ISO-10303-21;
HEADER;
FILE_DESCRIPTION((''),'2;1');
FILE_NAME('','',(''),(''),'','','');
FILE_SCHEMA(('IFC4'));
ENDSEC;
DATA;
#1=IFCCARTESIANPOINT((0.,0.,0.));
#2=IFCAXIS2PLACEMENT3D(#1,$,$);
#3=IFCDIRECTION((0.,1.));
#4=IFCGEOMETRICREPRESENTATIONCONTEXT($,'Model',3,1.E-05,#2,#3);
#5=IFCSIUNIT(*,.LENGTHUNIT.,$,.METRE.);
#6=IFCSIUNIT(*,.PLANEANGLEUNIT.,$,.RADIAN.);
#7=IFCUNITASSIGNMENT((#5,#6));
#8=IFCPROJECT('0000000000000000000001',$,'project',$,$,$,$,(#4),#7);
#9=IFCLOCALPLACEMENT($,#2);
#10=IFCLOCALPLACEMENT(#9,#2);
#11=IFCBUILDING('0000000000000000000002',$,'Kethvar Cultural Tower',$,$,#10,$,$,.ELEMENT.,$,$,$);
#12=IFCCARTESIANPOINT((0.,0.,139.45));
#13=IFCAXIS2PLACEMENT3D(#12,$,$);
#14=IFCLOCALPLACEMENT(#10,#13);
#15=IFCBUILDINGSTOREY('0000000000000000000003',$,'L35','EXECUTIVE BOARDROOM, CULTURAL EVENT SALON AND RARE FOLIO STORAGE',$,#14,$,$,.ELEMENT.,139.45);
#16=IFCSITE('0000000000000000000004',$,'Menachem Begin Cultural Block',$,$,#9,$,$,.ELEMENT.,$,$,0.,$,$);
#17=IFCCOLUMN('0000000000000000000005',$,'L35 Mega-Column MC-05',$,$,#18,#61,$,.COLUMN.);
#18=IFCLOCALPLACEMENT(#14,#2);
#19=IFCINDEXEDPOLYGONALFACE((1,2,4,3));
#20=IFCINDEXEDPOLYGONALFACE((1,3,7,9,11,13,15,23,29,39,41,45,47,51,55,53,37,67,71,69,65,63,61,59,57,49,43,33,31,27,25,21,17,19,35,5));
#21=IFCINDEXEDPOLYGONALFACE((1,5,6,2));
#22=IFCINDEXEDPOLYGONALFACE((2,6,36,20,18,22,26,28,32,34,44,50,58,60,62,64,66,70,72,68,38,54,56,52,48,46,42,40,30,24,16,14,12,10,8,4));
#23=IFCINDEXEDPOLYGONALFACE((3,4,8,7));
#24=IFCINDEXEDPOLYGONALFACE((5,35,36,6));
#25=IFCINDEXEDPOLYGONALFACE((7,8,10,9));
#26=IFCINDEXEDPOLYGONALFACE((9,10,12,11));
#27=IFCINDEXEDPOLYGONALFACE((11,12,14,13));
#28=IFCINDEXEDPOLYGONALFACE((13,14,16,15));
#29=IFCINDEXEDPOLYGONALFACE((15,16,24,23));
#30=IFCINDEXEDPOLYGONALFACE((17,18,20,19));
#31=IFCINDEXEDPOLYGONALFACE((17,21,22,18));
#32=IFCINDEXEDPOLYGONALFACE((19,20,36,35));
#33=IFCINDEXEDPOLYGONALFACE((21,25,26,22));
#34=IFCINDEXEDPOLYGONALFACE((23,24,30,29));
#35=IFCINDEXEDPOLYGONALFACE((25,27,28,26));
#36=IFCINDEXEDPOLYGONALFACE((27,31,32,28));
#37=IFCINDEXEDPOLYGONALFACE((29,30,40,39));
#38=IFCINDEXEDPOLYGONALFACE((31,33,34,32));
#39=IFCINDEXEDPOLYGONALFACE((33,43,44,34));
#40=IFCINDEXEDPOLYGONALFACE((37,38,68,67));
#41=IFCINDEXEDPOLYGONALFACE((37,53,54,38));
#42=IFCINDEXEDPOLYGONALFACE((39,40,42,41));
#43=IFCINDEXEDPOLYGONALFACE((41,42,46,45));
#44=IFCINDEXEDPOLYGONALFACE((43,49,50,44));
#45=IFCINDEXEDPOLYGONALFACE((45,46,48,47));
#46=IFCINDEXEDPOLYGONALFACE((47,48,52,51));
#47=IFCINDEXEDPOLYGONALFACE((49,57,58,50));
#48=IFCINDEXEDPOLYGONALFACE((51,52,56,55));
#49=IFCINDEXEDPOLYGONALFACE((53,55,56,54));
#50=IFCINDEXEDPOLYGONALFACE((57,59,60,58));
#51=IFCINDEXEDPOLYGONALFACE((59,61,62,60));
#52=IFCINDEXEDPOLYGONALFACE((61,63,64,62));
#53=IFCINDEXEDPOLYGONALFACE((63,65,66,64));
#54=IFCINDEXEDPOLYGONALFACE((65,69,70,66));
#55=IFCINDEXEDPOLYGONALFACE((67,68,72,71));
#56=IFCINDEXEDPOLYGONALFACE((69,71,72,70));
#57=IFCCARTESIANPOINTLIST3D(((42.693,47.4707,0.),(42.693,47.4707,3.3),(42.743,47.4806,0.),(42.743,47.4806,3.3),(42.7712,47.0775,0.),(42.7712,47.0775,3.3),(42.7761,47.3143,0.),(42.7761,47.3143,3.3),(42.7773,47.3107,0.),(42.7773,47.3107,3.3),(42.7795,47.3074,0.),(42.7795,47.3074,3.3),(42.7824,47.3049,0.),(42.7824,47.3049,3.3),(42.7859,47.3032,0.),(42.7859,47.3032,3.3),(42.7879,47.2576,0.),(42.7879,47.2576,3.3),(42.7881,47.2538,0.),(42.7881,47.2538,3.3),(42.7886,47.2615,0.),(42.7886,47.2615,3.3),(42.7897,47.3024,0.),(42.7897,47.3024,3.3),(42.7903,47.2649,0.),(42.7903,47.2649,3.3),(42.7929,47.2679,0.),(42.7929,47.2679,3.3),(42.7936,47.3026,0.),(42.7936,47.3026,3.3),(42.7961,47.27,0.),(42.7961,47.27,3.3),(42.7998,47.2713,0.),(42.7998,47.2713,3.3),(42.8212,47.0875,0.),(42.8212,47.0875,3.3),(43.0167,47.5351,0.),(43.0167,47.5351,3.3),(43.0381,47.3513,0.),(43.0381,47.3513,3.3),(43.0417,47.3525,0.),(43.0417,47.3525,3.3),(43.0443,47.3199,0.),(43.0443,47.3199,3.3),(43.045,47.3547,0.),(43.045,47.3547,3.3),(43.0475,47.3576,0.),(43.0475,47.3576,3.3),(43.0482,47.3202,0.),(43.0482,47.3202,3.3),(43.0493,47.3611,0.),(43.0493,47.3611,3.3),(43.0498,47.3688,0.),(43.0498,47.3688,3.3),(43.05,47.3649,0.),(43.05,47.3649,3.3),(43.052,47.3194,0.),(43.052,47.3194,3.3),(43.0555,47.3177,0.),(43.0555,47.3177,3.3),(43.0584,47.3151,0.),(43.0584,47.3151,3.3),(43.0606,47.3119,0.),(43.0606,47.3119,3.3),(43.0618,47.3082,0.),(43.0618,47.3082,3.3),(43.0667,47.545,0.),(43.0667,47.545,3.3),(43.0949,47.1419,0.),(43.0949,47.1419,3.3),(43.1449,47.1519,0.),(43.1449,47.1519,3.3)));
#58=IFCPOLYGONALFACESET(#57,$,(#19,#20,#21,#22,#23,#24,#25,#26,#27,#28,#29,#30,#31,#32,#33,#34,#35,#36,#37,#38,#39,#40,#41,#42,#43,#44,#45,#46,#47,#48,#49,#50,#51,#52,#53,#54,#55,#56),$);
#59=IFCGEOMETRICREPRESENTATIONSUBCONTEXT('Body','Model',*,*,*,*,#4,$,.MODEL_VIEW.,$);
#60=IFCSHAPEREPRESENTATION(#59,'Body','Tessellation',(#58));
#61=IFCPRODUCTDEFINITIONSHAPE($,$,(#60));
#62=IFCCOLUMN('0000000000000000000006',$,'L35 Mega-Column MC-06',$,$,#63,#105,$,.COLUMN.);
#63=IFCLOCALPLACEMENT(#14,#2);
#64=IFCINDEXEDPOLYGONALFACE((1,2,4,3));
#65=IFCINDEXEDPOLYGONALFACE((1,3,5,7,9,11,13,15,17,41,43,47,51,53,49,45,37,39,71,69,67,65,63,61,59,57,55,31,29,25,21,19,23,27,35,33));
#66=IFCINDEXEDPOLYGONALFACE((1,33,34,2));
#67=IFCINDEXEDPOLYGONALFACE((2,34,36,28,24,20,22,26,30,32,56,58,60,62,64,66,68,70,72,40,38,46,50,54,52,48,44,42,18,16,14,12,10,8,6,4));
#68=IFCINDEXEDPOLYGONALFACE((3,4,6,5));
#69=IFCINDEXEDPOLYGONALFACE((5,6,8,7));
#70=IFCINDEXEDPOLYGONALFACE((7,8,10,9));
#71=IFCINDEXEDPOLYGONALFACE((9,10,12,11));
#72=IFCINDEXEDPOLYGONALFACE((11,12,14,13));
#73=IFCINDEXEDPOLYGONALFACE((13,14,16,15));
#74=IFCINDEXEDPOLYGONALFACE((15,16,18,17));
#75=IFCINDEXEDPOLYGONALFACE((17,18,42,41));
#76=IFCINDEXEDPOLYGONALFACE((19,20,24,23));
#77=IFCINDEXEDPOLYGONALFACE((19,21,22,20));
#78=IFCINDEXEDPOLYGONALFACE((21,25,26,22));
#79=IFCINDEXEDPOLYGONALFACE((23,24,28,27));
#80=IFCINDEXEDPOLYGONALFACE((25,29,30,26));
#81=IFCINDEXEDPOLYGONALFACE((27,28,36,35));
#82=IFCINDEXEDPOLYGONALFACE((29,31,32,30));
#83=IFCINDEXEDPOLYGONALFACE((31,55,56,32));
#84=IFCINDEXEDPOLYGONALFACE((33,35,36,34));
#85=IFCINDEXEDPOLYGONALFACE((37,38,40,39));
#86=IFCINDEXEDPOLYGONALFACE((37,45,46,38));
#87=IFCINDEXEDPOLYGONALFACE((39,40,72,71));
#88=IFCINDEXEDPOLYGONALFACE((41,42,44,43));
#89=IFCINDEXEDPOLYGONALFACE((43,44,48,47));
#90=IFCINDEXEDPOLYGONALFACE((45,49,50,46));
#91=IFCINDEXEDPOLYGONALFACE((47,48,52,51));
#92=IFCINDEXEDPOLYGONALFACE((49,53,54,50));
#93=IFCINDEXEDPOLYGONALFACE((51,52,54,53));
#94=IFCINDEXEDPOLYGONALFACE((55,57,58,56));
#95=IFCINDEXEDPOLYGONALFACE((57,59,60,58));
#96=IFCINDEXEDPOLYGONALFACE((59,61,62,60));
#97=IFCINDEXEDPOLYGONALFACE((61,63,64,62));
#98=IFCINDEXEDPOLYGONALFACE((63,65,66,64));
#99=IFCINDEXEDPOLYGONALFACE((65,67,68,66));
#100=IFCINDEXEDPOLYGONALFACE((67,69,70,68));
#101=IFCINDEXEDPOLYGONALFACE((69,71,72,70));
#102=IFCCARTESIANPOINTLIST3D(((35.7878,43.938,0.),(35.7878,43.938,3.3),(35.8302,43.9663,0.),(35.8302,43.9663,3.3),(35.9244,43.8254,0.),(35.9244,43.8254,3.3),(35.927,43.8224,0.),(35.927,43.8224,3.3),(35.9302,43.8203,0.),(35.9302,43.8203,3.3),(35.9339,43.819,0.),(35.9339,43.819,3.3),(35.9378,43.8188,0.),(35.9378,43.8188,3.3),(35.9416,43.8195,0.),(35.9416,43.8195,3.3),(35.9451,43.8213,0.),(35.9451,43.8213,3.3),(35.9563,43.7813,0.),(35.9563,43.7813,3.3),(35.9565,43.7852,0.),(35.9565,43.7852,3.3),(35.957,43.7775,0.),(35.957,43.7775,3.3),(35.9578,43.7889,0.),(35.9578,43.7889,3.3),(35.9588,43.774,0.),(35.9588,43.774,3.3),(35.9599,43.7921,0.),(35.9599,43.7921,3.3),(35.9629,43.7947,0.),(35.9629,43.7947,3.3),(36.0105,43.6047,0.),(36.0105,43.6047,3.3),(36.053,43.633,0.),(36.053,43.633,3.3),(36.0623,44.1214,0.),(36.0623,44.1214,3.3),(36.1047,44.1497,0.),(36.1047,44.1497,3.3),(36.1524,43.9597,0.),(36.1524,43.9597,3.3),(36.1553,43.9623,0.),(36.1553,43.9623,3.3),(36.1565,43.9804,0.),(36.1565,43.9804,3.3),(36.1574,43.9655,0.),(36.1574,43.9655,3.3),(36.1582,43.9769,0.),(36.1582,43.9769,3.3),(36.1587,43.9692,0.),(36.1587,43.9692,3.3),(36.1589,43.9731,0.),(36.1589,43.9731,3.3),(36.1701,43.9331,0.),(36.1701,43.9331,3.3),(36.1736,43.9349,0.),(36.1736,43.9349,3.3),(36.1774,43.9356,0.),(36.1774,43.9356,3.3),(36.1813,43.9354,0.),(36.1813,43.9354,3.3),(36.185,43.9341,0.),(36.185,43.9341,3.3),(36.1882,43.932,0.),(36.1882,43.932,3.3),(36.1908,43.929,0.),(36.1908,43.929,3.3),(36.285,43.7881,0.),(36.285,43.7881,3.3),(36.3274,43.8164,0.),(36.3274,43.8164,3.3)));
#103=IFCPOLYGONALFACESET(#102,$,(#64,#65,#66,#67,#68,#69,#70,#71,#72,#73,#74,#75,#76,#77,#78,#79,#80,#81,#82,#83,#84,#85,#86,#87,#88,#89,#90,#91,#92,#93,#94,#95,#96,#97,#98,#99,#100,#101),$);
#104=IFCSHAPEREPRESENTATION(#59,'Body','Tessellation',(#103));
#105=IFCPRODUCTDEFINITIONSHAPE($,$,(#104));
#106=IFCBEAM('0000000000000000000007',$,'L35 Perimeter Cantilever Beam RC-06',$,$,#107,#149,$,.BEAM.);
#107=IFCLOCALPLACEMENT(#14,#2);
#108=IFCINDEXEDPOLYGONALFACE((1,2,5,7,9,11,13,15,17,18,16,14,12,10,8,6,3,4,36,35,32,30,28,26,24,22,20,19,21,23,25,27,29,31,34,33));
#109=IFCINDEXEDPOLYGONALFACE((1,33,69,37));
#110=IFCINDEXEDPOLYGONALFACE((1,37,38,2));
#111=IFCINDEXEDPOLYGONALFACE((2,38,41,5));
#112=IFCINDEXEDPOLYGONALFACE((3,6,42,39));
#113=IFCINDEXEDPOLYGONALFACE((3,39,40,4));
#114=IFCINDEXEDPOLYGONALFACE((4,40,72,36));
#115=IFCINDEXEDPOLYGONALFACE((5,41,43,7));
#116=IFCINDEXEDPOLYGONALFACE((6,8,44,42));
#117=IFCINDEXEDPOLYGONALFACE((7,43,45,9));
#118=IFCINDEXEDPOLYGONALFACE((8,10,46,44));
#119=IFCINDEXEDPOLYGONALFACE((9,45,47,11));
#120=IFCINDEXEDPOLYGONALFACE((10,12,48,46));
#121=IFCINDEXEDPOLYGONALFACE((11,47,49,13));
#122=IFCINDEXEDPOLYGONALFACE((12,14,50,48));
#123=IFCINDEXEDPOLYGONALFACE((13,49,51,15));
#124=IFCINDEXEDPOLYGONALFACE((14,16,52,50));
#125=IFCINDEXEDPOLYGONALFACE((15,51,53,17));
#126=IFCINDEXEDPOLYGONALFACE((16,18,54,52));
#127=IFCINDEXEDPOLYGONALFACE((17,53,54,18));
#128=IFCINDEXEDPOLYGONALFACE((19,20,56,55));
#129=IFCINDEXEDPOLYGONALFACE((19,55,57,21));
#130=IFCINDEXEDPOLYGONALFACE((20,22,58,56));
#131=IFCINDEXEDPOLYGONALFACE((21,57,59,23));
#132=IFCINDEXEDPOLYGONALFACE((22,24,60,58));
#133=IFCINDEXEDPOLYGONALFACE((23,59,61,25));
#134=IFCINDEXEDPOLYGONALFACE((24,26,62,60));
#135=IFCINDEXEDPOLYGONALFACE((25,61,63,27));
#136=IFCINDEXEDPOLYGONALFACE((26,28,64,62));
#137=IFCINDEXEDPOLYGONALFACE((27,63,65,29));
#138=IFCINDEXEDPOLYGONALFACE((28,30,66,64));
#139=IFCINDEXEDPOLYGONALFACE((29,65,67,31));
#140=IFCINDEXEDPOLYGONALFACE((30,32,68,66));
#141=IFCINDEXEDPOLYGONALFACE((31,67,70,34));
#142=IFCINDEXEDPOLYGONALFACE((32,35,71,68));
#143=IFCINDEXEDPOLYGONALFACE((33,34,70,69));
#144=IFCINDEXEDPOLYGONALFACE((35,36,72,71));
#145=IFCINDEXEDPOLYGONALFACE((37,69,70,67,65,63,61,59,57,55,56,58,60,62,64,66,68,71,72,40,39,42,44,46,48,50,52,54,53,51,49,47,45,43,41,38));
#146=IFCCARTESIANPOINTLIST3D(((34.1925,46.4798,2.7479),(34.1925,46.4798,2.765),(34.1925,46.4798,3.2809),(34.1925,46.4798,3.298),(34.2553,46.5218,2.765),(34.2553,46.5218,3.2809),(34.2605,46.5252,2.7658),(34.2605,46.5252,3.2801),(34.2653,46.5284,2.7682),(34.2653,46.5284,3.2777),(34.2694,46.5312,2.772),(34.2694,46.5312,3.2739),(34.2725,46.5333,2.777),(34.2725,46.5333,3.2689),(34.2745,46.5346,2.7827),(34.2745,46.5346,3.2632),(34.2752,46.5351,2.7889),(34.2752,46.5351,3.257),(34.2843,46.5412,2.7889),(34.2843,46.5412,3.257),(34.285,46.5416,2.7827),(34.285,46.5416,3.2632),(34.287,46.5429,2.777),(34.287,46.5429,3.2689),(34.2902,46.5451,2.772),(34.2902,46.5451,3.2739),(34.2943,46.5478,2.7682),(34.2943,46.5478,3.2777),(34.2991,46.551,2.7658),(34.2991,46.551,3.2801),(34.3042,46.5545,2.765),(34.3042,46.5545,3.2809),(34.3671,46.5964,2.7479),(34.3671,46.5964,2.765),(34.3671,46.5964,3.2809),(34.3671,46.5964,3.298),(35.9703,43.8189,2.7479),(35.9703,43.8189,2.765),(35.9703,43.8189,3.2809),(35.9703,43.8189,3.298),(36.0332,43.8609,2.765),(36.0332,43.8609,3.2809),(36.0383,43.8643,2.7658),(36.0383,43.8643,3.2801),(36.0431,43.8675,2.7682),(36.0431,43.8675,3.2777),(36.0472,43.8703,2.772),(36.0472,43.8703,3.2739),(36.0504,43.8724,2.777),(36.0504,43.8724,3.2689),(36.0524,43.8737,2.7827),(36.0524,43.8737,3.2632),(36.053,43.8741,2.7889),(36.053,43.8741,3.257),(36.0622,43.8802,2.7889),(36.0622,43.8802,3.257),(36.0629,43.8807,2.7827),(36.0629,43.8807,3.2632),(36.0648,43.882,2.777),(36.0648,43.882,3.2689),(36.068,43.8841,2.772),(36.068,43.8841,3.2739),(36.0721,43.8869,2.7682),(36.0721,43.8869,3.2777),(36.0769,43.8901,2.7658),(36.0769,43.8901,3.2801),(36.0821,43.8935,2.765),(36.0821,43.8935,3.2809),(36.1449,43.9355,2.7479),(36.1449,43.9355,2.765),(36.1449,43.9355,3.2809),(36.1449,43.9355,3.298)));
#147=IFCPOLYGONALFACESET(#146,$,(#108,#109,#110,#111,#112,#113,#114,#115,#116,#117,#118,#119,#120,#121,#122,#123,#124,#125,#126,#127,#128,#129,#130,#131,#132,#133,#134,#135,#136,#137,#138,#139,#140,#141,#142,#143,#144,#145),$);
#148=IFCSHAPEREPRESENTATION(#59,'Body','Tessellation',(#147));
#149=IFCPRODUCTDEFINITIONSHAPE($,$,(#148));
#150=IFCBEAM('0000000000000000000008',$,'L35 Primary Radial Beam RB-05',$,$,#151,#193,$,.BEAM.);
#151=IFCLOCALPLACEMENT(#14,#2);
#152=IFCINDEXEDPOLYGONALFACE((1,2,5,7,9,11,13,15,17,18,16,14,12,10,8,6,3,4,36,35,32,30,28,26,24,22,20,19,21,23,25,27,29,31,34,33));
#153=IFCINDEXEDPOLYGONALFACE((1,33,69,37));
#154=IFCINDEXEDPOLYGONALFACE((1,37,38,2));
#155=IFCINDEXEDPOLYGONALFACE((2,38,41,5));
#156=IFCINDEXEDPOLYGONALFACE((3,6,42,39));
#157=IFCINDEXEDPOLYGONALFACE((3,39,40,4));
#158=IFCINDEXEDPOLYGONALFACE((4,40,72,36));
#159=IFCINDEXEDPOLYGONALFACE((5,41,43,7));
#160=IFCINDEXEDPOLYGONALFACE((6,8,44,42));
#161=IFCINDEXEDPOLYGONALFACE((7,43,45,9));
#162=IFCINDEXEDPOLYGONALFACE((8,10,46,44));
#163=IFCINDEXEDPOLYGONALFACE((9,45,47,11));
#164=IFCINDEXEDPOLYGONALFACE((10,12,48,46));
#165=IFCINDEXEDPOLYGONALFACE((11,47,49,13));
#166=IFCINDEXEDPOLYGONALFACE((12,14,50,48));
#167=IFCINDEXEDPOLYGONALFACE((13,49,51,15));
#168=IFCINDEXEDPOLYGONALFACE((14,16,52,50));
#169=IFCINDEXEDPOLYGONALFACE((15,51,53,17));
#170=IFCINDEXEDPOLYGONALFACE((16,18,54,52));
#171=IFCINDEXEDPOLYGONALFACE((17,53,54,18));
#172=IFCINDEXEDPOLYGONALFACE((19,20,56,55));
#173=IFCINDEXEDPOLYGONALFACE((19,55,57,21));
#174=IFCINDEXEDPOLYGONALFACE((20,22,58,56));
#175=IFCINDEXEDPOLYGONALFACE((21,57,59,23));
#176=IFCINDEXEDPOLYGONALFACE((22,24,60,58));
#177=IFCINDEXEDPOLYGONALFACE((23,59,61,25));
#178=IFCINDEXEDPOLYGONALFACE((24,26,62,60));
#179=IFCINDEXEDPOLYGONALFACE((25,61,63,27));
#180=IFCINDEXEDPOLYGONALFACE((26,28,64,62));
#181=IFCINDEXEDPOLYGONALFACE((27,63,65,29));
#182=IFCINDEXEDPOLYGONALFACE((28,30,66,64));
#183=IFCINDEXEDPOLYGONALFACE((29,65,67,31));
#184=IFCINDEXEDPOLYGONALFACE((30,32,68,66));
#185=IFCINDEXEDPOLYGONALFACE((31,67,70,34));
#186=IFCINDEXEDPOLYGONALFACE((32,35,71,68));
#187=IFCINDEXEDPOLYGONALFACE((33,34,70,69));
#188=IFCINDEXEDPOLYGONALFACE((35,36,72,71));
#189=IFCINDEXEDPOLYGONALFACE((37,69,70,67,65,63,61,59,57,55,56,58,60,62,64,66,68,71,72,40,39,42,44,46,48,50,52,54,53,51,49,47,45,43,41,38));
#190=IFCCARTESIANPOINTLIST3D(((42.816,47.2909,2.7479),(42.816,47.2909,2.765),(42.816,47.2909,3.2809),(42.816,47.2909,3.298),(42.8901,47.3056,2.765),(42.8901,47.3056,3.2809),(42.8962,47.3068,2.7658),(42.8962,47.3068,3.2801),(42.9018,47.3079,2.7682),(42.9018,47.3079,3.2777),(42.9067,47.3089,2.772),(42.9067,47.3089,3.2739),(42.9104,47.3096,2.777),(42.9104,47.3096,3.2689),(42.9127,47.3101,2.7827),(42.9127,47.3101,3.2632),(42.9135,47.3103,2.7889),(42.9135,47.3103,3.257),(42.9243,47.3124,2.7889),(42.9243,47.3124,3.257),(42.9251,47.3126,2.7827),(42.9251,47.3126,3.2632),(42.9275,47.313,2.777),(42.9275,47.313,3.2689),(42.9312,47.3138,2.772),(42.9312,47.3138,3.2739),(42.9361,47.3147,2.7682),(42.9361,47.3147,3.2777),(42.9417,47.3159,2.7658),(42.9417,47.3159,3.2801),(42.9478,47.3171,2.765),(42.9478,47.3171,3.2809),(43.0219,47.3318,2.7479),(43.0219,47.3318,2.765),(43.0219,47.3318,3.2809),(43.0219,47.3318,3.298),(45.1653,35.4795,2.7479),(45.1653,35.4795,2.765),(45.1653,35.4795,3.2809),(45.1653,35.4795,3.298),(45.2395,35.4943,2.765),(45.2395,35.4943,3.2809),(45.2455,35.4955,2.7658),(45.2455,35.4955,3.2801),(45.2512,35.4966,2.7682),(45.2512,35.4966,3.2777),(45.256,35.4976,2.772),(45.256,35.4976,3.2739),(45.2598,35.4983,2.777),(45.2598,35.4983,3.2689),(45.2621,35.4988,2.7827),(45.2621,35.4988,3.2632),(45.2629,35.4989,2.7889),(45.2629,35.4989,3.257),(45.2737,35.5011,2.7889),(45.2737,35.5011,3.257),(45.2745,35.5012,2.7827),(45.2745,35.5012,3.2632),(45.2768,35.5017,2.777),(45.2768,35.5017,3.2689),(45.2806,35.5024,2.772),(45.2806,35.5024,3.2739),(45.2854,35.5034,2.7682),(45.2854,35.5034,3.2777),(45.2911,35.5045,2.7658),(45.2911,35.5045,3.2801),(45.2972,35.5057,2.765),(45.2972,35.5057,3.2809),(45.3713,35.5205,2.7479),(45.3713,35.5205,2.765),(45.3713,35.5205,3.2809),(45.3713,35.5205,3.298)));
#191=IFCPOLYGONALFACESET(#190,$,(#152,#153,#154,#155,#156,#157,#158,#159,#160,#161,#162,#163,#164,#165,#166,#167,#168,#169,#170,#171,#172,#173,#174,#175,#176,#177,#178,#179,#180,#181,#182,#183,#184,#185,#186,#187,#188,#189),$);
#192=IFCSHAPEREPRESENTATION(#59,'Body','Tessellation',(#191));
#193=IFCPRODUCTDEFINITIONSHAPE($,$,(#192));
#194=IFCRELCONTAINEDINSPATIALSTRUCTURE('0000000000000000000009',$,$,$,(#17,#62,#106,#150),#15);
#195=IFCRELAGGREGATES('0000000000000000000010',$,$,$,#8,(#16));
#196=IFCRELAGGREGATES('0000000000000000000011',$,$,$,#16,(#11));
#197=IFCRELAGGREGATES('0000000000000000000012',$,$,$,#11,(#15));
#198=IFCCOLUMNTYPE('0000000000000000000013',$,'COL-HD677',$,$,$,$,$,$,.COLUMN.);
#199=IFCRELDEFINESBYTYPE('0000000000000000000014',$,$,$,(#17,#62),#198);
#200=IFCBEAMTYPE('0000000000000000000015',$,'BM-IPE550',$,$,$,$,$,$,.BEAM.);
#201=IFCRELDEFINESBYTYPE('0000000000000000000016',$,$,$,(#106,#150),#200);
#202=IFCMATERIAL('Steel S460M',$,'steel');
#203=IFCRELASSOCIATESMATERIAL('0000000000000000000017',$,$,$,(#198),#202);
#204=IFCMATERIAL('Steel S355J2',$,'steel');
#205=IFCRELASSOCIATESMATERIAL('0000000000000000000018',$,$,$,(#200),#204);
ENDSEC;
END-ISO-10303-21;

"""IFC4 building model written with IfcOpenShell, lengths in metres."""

from ifc_helpers import new_model, si_unit, direction, frame, origin, origin_2d, place, context, subcontext, project, spatial, i_section, extrude, source, transform, mapped, material, material_profile, profile_set, type_object, element, save


model = new_model("IFC4")

# Units and contexts
model_context = context("Model", 3, precision=1e-05, world=origin(), true_north=direction((0.0, 1.0)))
body_context = subcontext(model_context, "Body", "Model", "MODEL_VIEW")
ifc_project = project(units=[si_unit("LENGTHUNIT", "METRE"), si_unit("PLANEANGLEUNIT", "RADIAN")], contexts=[model_context])

# Site, building, storey
site_placement = place(None, origin())
site = spatial("IfcSite", under=ifc_project, at=site_placement, Name="Menachem Begin Cultural Block", CompositionType="ELEMENT", RefElevation=0.0)
building_placement = place(site_placement, origin())
building = spatial("IfcBuilding", under=site, at=building_placement, Name="Kethvar Cultural Tower", CompositionType="ELEMENT")
storey_placement = place(building_placement, frame((0.0, 0.0, 139.45)))
storey = spatial("IfcBuildingStorey", under=building, at=storey_placement, Name="L35", Description="EXECUTIVE BOARDROOM, CULTURAL EVENT SALON AND RARE FOLIO STORAGE", CompositionType="ELEMENT", Elevation=139.45)

# Columns
ifc_material_1 = material(Name="Steel S460M", Category="steel")
ifc_material_profile_1 = material_profile(ifc_material_1, i_section(OverallWidth=0.4009, OverallDepth=0.3811, WebThickness=0.032, FlangeThickness=0.051, FilletRadius=0.0149, at=origin_2d()), Name="Steel S460M — HD400x677")
ifc_profile_set_1 = profile_set([ifc_material_profile_1], Name="Steel S460M — HD400x677")
column_type = type_object("IfcColumnType", Name="COL-HD677", PredefinedType="COLUMN", material=ifc_profile_set_1)
shared_shape_1 = source(origin(), body_context, "Body", "SweptSolid", [
    extrude(i_section(OverallWidth=0.4009, OverallDepth=0.3811, WebThickness=0.032, FlangeThickness=0.051, FilletRadius=0.0149, at=origin_2d()), origin(), (0.0, 0.0, 1.0), 3.3),
])
for number, where, z_axis, x_axis, name in (
    (1, (42.9189, 47.3113, 0.0), (0.0, 0.0, 1.0), (-0.19509, 0.980785, 0.0), "L35 Mega-Column MC-05"),
    (2, (36.0576, 43.8772, 0.0), (0.0, 0.0, 1.0), (-0.55557, 0.83147, 0.0), "L35 Mega-Column MC-06"),
):
    element("IfcColumn", number, at=place(storey_placement, frame(where, z_axis=z_axis, x_axis=x_axis)), inside=storey, type_object=column_type, Name=name, PredefinedType="COLUMN", context=body_context, shape_type="MappedRepresentation", body=[
        mapped(shared_shape_1, transform((0.0, 0.0, 0.0), scale=1.0)),
    ])

# Beams
ifc_material_2 = material(Name="Steel S355J2", Category="steel")
ifc_material_profile_2 = material_profile(ifc_material_2, i_section(OverallWidth=0.21, OverallDepth=0.55, WebThickness=0.011, FlangeThickness=0.0171, FilletRadius=0.0239, at=origin_2d()), Name="Steel S355J2 — IPE550")
ifc_profile_set_2 = profile_set([ifc_material_profile_2], Name="Steel S355J2 — IPE550")
beam_type_1 = type_object("IfcBeamType", Name="BM-IPE550", PredefinedType="BEAM", material=ifc_profile_set_2)
shared_shape_2 = source(origin(), body_context, "Body", "SweptSolid", [
    extrude(i_section(OverallWidth=0.21, OverallDepth=0.55, WebThickness=0.011, FlangeThickness=0.0171, FilletRadius=0.0239, at=origin_2d()), origin(), (0.0, 0.0, 1.0), 3.2002),
])
beam_1_placement = place(storey_placement, frame((36.0576, 43.8772, 3.0229), z_axis=(-0.555545, 0.831486, 0.0), x_axis=(-0.831486, -0.555545, 0.0)))
element("IfcBeam", 3, at=beam_1_placement, inside=storey, type_object=beam_type_1, Name="L35 Perimeter Cantilever Beam RC-06", PredefinedType="BEAM", context=body_context, shape_type="MappedRepresentation", body=[
    mapped(shared_shape_2, transform((0.0, 0.0, 0.0), scale=1.0)),
])
shared_shape_3 = source(origin(), body_context, "Body", "SweptSolid", [
    extrude(i_section(OverallWidth=0.21, OverallDepth=0.55, WebThickness=0.011, FlangeThickness=0.0171, FilletRadius=0.0239, at=origin_2d()), origin(), (0.0, 0.0, 1.0), 12.0427),
])
beam_2_placement = place(storey_placement, frame((45.2683, 35.5, 3.0229), z_axis=(-0.195087, 0.980786, 0.0), x_axis=(-0.980786, -0.195087, 0.0)))
element("IfcBeam", 4, at=beam_2_placement, inside=storey, type_object=beam_type_1, Name="L35 Primary Radial Beam RB-05", PredefinedType="BEAM", context=body_context, shape_type="MappedRepresentation", body=[
    mapped(shared_shape_3, transform((0.0, 0.0, 0.0), scale=1.0)),
])

save(model, "model.ifc")
